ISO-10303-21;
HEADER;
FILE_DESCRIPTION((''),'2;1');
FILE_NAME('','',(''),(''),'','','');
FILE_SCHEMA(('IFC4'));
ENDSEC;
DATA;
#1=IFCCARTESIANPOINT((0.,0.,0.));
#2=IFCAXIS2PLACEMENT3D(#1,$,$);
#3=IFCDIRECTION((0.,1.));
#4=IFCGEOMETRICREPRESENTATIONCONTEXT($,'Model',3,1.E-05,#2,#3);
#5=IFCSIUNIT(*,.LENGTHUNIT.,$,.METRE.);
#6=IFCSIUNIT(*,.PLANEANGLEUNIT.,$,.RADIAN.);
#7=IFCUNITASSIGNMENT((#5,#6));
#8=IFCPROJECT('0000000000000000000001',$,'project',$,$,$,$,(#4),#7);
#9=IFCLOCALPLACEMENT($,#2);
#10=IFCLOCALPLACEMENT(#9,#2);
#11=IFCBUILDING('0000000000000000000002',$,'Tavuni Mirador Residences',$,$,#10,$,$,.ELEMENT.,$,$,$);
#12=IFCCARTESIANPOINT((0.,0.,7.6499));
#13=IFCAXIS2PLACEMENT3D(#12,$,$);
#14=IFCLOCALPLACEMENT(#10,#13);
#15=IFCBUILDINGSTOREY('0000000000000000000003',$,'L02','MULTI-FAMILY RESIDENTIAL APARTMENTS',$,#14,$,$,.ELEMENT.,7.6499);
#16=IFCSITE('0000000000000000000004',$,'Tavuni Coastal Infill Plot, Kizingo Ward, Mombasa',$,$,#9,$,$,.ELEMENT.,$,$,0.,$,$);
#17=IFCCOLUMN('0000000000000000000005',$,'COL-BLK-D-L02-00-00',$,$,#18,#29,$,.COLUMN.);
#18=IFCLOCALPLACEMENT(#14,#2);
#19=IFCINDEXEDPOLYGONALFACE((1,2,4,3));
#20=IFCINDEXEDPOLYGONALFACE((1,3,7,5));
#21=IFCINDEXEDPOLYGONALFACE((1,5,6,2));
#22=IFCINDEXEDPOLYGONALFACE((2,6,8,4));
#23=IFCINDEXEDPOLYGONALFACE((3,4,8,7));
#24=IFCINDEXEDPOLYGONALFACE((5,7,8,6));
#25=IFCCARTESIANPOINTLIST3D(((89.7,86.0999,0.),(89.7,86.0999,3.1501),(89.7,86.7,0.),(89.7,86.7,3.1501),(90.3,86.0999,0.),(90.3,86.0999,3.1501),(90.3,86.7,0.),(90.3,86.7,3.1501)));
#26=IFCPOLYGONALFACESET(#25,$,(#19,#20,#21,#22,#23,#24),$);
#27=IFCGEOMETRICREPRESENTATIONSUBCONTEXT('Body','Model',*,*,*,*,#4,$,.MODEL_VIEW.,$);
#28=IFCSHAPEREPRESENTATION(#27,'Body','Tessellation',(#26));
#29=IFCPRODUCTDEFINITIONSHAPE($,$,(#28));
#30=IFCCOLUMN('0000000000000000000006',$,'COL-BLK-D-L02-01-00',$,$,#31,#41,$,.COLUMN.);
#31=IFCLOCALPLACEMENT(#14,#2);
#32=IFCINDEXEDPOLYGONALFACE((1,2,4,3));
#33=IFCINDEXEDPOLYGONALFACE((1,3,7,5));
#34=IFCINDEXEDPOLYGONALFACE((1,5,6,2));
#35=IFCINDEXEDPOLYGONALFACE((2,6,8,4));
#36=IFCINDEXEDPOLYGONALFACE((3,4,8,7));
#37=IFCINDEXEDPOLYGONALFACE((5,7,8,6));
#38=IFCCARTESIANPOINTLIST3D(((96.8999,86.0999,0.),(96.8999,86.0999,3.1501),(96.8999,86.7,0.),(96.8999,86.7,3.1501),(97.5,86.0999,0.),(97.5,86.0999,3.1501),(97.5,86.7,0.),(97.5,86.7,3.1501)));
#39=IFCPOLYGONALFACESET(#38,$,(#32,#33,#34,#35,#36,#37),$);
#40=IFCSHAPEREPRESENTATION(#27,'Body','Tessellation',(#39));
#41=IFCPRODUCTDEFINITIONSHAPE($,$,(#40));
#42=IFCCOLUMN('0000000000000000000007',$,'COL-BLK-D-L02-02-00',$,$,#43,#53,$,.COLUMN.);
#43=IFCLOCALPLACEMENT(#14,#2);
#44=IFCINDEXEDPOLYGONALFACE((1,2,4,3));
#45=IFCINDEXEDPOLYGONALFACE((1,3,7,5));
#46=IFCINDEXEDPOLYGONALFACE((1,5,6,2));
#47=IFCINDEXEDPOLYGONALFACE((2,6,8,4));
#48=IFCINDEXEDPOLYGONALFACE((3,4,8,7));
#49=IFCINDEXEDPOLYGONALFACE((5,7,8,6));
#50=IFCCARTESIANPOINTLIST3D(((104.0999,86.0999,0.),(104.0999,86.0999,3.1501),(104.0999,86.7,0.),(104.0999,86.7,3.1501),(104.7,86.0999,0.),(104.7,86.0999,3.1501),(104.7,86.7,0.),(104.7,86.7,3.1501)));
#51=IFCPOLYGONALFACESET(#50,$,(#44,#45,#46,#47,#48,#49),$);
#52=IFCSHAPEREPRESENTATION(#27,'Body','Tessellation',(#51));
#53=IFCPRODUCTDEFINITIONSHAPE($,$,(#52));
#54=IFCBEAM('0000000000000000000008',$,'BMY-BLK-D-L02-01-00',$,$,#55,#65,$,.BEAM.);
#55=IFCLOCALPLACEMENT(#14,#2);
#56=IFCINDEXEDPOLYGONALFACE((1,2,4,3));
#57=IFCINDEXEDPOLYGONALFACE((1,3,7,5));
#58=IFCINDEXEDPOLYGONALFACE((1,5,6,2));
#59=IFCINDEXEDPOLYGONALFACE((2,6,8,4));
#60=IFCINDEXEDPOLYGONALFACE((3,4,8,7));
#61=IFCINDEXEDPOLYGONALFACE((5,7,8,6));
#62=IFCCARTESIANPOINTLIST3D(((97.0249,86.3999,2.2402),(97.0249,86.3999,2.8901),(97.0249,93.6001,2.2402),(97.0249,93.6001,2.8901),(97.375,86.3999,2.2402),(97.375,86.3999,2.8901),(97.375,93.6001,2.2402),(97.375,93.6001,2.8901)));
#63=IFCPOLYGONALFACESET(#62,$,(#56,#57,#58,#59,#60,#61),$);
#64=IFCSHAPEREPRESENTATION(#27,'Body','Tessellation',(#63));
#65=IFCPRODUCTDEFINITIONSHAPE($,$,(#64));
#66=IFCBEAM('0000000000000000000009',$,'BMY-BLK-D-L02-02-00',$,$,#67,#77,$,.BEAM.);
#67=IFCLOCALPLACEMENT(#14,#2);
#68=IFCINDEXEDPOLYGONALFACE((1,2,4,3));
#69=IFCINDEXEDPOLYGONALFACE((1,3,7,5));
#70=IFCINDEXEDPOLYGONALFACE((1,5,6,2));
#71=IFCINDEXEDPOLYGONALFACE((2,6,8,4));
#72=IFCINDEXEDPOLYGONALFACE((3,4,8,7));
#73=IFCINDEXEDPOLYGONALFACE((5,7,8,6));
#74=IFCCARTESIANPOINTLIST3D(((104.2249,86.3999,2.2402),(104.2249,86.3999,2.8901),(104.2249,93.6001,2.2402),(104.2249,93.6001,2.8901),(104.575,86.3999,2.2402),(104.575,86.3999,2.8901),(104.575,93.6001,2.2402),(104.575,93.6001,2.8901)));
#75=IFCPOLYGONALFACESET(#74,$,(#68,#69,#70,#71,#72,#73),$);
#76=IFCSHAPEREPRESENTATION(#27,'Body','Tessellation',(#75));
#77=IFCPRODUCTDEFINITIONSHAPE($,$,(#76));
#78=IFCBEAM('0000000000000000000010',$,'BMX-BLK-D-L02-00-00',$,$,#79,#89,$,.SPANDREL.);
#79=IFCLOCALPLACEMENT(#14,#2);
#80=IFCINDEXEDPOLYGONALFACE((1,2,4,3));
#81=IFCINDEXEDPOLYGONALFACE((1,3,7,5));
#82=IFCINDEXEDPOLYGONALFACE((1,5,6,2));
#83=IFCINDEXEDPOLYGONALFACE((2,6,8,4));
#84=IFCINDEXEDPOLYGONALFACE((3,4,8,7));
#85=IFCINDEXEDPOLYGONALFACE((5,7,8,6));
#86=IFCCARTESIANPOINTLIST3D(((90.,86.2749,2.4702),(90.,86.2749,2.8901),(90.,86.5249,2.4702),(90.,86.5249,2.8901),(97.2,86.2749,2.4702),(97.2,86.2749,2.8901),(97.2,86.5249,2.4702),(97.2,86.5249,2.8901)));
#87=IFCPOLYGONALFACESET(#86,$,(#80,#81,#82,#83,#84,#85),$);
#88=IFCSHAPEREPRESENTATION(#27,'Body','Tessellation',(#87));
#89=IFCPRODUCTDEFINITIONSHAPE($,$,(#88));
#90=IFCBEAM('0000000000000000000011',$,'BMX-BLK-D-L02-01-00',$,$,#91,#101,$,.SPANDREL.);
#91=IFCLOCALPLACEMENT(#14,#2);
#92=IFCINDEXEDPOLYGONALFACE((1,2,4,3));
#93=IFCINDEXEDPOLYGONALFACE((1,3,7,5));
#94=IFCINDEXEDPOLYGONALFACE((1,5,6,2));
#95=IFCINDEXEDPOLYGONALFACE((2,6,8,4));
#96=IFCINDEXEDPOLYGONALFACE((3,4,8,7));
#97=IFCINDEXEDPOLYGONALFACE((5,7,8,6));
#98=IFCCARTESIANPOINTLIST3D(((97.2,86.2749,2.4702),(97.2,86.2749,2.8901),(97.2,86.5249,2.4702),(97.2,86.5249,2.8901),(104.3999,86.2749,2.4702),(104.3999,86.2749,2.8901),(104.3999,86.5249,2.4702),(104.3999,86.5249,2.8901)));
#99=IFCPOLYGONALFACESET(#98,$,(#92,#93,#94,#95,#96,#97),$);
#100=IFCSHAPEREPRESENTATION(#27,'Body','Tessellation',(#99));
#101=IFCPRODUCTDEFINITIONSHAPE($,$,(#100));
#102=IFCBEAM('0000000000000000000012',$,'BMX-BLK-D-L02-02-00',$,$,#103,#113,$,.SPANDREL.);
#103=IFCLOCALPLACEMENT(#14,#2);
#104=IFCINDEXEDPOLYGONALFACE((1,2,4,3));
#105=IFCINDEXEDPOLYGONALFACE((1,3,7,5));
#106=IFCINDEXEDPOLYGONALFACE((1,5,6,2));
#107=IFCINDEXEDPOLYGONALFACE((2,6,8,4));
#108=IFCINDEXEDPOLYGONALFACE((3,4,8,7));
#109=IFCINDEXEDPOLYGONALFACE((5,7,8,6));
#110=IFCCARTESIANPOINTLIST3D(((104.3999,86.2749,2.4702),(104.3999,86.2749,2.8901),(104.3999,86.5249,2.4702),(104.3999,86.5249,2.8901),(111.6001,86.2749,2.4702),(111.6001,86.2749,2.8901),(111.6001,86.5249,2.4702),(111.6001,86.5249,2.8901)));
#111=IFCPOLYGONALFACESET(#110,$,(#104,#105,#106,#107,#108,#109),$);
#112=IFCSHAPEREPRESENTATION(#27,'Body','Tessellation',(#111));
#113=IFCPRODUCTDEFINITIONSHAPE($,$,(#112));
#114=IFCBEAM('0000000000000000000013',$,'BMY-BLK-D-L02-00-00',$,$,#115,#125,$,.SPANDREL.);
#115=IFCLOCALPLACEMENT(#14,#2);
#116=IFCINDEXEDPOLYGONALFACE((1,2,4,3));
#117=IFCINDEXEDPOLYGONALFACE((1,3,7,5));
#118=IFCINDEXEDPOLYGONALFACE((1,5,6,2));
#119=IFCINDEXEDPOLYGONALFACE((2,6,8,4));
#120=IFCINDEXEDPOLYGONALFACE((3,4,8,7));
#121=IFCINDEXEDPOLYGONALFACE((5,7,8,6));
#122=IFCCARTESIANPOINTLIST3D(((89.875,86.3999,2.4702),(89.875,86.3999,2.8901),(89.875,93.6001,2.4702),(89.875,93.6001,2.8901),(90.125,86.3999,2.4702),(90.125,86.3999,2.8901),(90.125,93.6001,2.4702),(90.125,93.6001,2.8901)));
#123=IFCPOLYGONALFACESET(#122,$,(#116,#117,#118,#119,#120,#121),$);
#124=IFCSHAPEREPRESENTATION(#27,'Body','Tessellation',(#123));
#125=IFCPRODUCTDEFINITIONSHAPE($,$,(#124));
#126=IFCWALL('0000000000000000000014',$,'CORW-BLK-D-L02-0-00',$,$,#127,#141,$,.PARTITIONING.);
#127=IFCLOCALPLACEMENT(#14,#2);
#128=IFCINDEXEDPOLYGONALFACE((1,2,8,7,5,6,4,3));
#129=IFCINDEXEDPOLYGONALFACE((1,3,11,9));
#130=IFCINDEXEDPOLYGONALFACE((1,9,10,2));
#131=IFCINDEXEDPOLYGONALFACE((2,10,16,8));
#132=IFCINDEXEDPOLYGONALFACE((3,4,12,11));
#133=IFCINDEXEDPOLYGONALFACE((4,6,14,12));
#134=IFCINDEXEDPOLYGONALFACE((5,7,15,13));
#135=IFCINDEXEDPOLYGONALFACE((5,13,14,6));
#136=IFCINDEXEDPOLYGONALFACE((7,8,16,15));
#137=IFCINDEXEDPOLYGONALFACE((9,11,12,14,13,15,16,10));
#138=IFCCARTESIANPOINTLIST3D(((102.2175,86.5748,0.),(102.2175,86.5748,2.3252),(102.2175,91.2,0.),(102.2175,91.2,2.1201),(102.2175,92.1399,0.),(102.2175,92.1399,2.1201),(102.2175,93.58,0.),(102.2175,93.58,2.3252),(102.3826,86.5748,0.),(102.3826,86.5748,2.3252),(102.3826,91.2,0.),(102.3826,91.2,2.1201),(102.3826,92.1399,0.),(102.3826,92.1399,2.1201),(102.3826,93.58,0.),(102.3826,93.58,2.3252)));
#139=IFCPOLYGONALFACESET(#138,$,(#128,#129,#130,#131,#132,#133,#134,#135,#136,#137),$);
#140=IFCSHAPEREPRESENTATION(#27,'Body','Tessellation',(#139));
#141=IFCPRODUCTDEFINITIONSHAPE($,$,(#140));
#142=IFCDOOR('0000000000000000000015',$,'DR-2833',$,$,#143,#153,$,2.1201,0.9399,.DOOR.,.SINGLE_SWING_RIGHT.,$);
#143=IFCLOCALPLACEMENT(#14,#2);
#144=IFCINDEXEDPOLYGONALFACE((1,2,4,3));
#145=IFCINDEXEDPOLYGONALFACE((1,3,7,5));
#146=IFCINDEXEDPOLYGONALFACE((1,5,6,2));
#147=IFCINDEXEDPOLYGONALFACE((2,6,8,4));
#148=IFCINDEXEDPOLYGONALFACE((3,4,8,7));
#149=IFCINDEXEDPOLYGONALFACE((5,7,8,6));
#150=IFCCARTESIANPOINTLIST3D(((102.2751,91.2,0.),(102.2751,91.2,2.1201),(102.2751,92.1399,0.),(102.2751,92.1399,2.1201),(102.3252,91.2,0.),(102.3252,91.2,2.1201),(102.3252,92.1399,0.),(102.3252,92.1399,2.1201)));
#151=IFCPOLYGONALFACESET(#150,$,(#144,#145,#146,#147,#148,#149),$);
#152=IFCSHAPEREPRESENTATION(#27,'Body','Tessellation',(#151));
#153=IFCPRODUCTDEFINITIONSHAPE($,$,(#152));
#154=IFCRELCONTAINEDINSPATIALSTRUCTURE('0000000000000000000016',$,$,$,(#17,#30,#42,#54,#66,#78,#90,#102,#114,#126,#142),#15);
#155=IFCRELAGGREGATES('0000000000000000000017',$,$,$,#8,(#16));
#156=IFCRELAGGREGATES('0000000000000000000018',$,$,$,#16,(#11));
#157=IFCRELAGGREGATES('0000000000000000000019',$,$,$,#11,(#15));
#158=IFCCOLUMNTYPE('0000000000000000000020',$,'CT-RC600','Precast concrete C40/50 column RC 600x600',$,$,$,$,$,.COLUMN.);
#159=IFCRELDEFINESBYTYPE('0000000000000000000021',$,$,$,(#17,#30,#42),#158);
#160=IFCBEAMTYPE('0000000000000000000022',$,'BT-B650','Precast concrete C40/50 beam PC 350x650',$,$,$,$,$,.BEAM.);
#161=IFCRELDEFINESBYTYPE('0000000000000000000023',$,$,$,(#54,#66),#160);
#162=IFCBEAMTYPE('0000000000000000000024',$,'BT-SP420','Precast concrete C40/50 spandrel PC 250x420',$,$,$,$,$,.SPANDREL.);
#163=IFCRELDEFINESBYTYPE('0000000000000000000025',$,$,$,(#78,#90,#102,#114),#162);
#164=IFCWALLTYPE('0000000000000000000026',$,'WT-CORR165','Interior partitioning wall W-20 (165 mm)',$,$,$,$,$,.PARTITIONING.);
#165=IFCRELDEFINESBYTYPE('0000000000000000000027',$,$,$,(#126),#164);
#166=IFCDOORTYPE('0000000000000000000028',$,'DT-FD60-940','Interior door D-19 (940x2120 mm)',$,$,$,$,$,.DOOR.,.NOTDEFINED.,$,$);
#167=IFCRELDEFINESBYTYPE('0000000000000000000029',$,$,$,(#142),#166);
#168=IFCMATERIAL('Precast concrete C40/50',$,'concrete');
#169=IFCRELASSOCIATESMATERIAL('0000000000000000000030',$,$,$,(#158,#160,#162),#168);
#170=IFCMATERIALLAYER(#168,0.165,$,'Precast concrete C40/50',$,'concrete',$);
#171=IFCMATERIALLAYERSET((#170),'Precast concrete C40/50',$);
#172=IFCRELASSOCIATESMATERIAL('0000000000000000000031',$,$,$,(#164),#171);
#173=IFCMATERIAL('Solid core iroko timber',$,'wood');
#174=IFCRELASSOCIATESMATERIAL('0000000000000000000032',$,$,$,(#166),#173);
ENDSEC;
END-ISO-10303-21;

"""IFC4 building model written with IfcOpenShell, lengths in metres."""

from ifc_helpers import new_model, si_unit, direction, frame, frame_2d, origin, origin_2d, place, context, subcontext, project, spatial, rectangle, extrude, material, layer, layer_set, material_profile, profile_set, type_object, element, fill, save


model = new_model("IFC4")

# Units and contexts
model_context = context("Model", 3, precision=1e-05, world=origin(), true_north=direction((0.0, 1.0)))
body_context = subcontext(model_context, "Body", "Model", "MODEL_VIEW")
ifc_project = project(units=[si_unit("LENGTHUNIT", "METRE"), si_unit("PLANEANGLEUNIT", "RADIAN")], contexts=[model_context])

# Site, building, storey
site_placement = place(None, origin())
site = spatial("IfcSite", under=ifc_project, at=site_placement, Name="Tavuni Coastal Infill Plot, Kizingo Ward, Mombasa", CompositionType="ELEMENT", RefElevation=0.0)
building_placement = place(site_placement, origin())
building = spatial("IfcBuilding", under=site, at=building_placement, Name="Tavuni Mirador Residences", CompositionType="ELEMENT")
storey_placement = place(building_placement, frame((0.0, 0.0, 7.6499)))
storey = spatial("IfcBuildingStorey", under=building, at=storey_placement, Name="L02", Description="MULTI-FAMILY RESIDENTIAL APARTMENTS", CompositionType="ELEMENT", Elevation=7.6499)

# Columns
ifc_material_1 = material(Name="Precast concrete C40/50", Category="concrete")
ifc_material_profile_1 = material_profile(ifc_material_1, rectangle(XDim=0.6001, YDim=0.6001, at=origin_2d()), Name="RC 600x600", Category="concrete")
ifc_profile_set_1 = profile_set([ifc_material_profile_1], Name="Precast concrete C40/50")
column_type = type_object("IfcColumnType", Name="CT-RC600", Description="Precast concrete C40/50 column RC 600x600", PredefinedType="COLUMN", material=ifc_profile_set_1)
for number, where, z_axis, x_axis, name in (
    (1, (90.0, 86.3999, 0.0), (0.0, 0.0, 1.0), (1.0, 0.0, 0.0), "COL-BLK-D-L02-00-00"),
    (2, (97.2, 86.3999, 0.0), (0.0, 0.0, 1.0), (1.0, 0.0, 0.0), "COL-BLK-D-L02-01-00"),
    (3, (104.3999, 86.3999, 0.0), (0.0, 0.0, 1.0), (1.0, 0.0, 0.0), "COL-BLK-D-L02-02-00"),
):
    element("IfcColumn", number, at=place(storey_placement, frame(where, z_axis=z_axis, x_axis=x_axis)), inside=storey, type_object=column_type, Name=name, PredefinedType="COLUMN", context=body_context, shape_type="SweptSolid", body=[
        extrude(rectangle(XDim=0.6001, YDim=0.6001, at=origin_2d()), origin(), (0.0, 0.0, 1.0), 3.1501),
    ])

# Beams
ifc_material_profile_2 = material_profile(ifc_material_1, rectangle(XDim=0.3501, YDim=0.6499, at=origin_2d()), Name="PC 350x650", Category="concrete")
ifc_profile_set_2 = profile_set([ifc_material_profile_2], Name="Precast concrete C40/50")
beam_type_1 = type_object("IfcBeamType", Name="BT-B650", Description="Precast concrete C40/50 beam PC 350x650", PredefinedType="BEAM", material=ifc_profile_set_2)
for number, where, z_axis, x_axis, name in (
    (4, (97.2, 86.3999, 2.5652), (0.0, 1.0, 0.0), (-1.0, 0.0, 0.0), "BMY-BLK-D-L02-01-00"),
    (5, (104.3999, 86.3999, 2.5652), (0.0, 1.0, 0.0), (-1.0, 0.0, 0.0), "BMY-BLK-D-L02-02-00"),
):
    element("IfcBeam", number, at=place(storey_placement, frame(where, z_axis=z_axis, x_axis=x_axis)), inside=storey, type_object=beam_type_1, Name=name, PredefinedType="BEAM", context=body_context, shape_type="SweptSolid", body=[
        extrude(rectangle(XDim=0.3501, YDim=0.6499, at=origin_2d()), origin(), (0.0, 0.0, 1.0), 7.2002),
    ])
ifc_material_profile_3 = material_profile(ifc_material_1, rectangle(XDim=0.25, YDim=0.4199, at=origin_2d()), Name="PC 250x420", Category="concrete")
ifc_profile_set_3 = profile_set([ifc_material_profile_3], Name="Precast concrete C40/50")
beam_type_2 = type_object("IfcBeamType", Name="BT-SP420", Description="Precast concrete C40/50 spandrel PC 250x420", PredefinedType="SPANDREL", material=ifc_profile_set_3)
for number, where, z_axis, x_axis, name in (
    (6, (90.0, 86.3999, 2.6802), (1.0, 0.0, 0.0), (0.0, 1.0, 0.0), "BMX-BLK-D-L02-00-00"),
    (7, (97.2, 86.3999, 2.6802), (1.0, 0.0, 0.0), (0.0, 1.0, 0.0), "BMX-BLK-D-L02-01-00"),
):
    element("IfcBeam", number, at=place(storey_placement, frame(where, z_axis=z_axis, x_axis=x_axis)), inside=storey, type_object=beam_type_2, Name=name, PredefinedType="SPANDREL", context=body_context, shape_type="SweptSolid", body=[
        extrude(rectangle(XDim=0.25, YDim=0.4199, at=origin_2d()), origin(), (0.0, 0.0, 1.0), 7.2),
    ])
for number, where, z_axis, x_axis, name in (
    (8, (104.3999, 86.3999, 2.6802), (1.0, 0.0, 0.0), (0.0, 1.0, 0.0), "BMX-BLK-D-L02-02-00"),
    (9, (90.0, 86.3999, 2.6802), (0.0, 1.0, 0.0), (-1.0, 0.0, 0.0), "BMY-BLK-D-L02-00-00"),
):
    element("IfcBeam", number, at=place(storey_placement, frame(where, z_axis=z_axis, x_axis=x_axis)), inside=storey, type_object=beam_type_2, Name=name, PredefinedType="SPANDREL", context=body_context, shape_type="SweptSolid", body=[
        extrude(rectangle(XDim=0.25, YDim=0.4199, at=origin_2d()), origin(), (0.0, 0.0, 1.0), 7.2002),
    ])

# Wall, opening, door
ifc_layer_1 = layer(ifc_material_1, 0.165, Name="Precast concrete C40/50", Category="concrete")
ifc_layer_set_1 = layer_set([ifc_layer_1], Name="Precast concrete C40/50")
wall_type_1 = type_object("IfcWallType", Name="WT-CORR165", Description="Interior partitioning wall W-20 (165 mm)", PredefinedType="PARTITIONING", material=ifc_layer_set_1)
wall_1_placement = place(storey_placement, frame((102.3, 86.575, 0.0), z_axis=(0.0, 0.0, 1.0), x_axis=(0.0, 1.0, 0.0)))
wall_1 = element("IfcWall", 10, at=wall_1_placement, inside=storey, type_object=wall_type_1, Name="CORW-BLK-D-L02-0-00", PredefinedType="PARTITIONING", context=body_context, shape_type="SweptSolid", body=[
    extrude(rectangle(XDim=7.0051, YDim=0.165, at=frame_2d((3.5024, 0.0))), origin(), (0.0, 0.0, 1.0), 2.3252),
])
opening_1_placement = place(wall_1_placement, frame((4.625, 0.0, 0.0)))
opening_1 = element("IfcOpeningElement", 11, at=opening_1_placement, cuts=wall_1, PredefinedType="OPENING", context=body_context, shape_type="SweptSolid", body=[
    extrude(rectangle(XDim=0.9399, YDim=2.1201, at=frame_2d((0.47, 1.0601))), frame((0.0, 0.0925, 0.0), z_axis=(0.0, -1.0, 0.0), x_axis=(1.0, 0.0, 0.0)), (0.0, 0.0, 1.0), 0.1851),
])
ifc_material_2 = material(Name="Solid core iroko timber", Category="wood")
door_type_1 = type_object("IfcDoorType", Name="DT-FD60-940", Description="Interior door D-19 (940x2120 mm)", OperationType="NOTDEFINED", PredefinedType="DOOR", material=ifc_material_2)
door_1_placement = place(opening_1_placement, origin())
door_1 = element("IfcDoor", 12, at=door_1_placement, inside=storey, type_object=door_type_1, Name="DR-2833", OperationType="SINGLE_SWING_RIGHT", OverallHeight=2.1201, OverallWidth=0.9399, PredefinedType="DOOR", context=body_context, shape_type="SweptSolid", body=[
    extrude(rectangle(XDim=0.9399, YDim=2.1201, at=frame_2d((0.47, 1.0601))), frame((0.0, 0.0249, 0.0), z_axis=(0.0, -1.0, 0.0), x_axis=(1.0, 0.0, 0.0)), (0.0, 0.0, 1.0), 0.05),
])
fill(opening_1, door_1)

save(model, "model.ifc")
